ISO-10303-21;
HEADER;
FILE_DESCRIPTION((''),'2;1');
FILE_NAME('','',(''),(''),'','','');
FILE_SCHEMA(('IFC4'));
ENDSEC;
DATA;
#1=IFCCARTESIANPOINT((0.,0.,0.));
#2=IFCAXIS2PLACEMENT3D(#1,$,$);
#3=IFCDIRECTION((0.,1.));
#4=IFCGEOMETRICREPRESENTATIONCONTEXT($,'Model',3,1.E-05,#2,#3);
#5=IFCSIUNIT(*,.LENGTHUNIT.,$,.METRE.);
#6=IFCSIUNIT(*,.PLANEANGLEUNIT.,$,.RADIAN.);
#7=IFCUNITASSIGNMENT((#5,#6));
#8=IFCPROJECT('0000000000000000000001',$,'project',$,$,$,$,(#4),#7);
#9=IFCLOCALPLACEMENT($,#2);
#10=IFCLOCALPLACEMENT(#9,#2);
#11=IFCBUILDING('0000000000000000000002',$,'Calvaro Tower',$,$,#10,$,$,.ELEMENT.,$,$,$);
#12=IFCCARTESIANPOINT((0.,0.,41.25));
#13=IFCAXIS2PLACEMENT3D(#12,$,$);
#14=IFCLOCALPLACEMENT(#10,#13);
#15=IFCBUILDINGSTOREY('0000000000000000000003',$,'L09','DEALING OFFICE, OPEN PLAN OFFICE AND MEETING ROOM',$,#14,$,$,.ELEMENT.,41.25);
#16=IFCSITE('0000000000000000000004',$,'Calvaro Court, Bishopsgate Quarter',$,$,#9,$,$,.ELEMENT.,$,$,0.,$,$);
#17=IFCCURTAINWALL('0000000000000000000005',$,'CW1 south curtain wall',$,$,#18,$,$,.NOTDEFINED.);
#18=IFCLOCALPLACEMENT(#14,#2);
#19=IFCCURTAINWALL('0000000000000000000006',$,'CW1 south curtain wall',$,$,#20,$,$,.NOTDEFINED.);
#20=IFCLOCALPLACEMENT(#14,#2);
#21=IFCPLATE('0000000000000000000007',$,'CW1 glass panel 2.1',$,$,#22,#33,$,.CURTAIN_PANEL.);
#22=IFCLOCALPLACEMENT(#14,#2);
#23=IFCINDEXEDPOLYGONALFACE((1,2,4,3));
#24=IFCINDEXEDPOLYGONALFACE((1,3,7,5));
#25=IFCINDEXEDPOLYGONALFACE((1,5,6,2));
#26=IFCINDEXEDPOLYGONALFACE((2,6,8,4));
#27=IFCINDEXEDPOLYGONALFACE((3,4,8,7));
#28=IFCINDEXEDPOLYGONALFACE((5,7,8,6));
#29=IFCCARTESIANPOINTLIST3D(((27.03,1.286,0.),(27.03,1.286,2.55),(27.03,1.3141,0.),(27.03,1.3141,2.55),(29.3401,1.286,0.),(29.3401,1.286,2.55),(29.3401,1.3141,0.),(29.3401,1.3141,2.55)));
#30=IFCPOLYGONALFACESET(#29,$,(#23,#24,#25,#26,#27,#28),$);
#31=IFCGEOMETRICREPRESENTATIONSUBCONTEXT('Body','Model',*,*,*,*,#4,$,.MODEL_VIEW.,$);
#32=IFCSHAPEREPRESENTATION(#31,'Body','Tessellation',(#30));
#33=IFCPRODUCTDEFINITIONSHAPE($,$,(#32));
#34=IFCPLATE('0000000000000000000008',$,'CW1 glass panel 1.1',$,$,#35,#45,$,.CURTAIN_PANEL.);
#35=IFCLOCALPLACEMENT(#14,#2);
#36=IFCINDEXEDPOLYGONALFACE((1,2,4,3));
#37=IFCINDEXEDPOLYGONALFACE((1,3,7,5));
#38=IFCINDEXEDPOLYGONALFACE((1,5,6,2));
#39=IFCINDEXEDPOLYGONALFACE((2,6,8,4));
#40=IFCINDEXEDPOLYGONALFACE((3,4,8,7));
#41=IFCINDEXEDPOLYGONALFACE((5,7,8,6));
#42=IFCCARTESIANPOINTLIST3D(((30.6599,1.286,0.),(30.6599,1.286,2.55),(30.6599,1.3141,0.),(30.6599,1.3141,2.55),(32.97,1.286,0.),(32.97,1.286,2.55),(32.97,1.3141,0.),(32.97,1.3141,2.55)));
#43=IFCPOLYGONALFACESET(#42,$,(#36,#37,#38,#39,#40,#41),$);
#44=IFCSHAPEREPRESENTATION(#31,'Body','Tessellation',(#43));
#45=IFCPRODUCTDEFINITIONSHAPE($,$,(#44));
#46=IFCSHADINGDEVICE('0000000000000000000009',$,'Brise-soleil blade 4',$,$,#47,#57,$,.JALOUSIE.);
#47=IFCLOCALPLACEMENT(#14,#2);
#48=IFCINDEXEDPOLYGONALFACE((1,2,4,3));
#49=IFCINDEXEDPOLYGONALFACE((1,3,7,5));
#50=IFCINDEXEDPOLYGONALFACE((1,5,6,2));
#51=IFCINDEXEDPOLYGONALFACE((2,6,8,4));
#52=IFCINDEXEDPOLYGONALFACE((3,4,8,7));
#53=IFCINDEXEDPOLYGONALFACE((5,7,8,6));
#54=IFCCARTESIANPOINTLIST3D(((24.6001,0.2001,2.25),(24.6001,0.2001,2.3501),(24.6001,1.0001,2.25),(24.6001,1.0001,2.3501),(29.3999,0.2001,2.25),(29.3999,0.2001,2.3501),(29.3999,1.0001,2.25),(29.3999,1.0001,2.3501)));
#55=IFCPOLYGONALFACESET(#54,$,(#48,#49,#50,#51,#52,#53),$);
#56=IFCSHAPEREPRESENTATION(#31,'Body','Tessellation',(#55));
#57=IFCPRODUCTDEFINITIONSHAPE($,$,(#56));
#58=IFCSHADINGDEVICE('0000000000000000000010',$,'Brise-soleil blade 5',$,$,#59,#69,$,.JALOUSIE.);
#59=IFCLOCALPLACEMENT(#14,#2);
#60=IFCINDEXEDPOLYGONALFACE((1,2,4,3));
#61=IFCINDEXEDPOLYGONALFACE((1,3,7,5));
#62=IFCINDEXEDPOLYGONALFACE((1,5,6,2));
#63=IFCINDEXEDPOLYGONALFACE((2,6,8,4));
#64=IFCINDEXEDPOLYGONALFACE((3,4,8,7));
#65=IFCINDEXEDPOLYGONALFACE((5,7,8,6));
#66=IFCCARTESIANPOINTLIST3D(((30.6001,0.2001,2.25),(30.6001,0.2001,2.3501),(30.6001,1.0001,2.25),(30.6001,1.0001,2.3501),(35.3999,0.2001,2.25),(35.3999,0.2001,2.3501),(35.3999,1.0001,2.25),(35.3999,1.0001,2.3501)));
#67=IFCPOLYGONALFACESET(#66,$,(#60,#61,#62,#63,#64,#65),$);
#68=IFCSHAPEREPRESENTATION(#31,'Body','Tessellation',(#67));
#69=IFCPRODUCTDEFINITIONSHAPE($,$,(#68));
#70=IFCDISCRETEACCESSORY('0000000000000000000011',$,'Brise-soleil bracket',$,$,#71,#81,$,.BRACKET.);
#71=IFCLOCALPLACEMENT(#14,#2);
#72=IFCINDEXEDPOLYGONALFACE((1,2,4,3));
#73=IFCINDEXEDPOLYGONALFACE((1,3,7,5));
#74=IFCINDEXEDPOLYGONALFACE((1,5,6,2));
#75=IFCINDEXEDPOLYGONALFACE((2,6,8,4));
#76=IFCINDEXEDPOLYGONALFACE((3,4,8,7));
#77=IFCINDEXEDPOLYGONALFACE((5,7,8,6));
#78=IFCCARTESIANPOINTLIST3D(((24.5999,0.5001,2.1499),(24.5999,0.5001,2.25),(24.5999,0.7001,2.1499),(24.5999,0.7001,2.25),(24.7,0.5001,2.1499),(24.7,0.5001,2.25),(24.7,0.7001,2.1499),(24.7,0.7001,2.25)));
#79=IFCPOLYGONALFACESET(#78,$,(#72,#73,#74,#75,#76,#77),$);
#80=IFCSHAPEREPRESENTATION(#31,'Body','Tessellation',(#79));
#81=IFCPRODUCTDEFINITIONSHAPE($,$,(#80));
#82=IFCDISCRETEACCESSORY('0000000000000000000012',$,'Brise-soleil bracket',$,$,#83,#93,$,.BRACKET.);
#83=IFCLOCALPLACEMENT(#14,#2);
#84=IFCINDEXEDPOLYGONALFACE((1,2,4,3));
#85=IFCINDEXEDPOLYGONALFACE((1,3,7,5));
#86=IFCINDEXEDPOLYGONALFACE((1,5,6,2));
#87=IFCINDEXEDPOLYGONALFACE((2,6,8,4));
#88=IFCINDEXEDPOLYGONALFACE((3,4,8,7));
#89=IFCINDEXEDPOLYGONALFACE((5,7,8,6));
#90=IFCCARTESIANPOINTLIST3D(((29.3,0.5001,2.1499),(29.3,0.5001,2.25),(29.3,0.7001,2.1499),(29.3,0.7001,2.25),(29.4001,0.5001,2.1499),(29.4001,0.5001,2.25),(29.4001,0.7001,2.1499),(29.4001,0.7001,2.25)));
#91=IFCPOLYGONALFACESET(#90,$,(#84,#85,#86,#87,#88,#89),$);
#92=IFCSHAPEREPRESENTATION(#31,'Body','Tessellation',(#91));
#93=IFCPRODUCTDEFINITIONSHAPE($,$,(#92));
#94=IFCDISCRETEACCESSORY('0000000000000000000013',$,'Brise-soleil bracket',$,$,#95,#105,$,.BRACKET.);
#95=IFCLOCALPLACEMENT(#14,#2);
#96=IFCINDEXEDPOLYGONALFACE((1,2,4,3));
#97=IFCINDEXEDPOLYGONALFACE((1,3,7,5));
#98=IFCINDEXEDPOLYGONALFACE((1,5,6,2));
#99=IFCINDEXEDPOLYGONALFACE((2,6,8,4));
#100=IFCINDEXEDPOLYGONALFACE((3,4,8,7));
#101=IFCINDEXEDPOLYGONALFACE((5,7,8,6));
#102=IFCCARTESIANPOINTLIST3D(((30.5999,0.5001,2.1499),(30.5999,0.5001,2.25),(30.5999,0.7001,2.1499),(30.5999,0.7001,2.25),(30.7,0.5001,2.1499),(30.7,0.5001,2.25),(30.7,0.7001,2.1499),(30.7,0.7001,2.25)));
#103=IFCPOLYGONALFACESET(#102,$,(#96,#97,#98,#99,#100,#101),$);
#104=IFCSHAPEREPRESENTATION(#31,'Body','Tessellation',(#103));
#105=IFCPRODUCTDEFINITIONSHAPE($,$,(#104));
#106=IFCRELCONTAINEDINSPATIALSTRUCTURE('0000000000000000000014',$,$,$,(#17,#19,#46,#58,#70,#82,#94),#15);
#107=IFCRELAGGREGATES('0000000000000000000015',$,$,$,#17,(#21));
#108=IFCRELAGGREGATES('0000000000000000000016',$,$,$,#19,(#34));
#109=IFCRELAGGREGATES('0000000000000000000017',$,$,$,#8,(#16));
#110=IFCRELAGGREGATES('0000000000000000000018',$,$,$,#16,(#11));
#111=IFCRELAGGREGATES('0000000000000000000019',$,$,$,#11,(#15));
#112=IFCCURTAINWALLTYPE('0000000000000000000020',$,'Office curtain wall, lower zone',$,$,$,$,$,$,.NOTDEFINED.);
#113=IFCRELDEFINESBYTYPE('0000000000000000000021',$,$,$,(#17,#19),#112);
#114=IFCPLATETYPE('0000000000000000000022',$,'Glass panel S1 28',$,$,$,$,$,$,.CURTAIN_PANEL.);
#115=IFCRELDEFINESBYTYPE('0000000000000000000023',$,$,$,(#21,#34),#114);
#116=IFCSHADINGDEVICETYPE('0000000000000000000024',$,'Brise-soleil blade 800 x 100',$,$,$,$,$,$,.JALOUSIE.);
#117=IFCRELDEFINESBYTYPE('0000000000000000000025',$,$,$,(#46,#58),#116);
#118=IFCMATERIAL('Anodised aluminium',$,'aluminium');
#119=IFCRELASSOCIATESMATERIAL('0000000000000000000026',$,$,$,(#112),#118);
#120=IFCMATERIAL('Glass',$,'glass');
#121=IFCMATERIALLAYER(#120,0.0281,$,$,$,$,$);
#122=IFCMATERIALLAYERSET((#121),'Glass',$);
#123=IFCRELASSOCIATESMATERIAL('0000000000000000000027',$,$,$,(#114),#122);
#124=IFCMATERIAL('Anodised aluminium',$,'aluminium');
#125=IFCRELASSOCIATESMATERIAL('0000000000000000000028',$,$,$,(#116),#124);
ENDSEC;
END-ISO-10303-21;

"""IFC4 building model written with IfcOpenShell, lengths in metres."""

from ifc_helpers import new_model, si_unit, direction, frame, origin, origin_2d, place, context, subcontext, project, spatial, rectangle, extrude, material, layer, layer_set, material_profile, profile_set, type_object, element, aggregate, save


model = new_model("IFC4")

# Units and contexts
model_context = context("Model", 3, precision=1e-05, world=origin(), true_north=direction((0.0, 1.0)))
body_context = subcontext(model_context, "Body", "Model", "MODEL_VIEW")
ifc_project = project(units=[si_unit("LENGTHUNIT", "METRE"), si_unit("PLANEANGLEUNIT", "RADIAN")], contexts=[model_context])

# Site, building, storey
site_placement = place(None, origin())
site = spatial("IfcSite", under=ifc_project, at=site_placement, Name="Calvaro Court, Bishopsgate Quarter", CompositionType="ELEMENT", RefElevation=0.0)
building_placement = place(site_placement, origin())
building = spatial("IfcBuilding", under=site, at=building_placement, Name="Calvaro Tower", CompositionType="ELEMENT")
storey_placement = place(building_placement, frame((0.0, 0.0, 41.25)))
storey = spatial("IfcBuildingStorey", under=building, at=storey_placement, Name="L09", Description="DEALING OFFICE, OPEN PLAN OFFICE AND MEETING ROOM", CompositionType="ELEMENT", Elevation=41.25)

# Curtain walls
ifc_material_1 = material(Name="Anodised aluminium", Category="aluminium")
curtain_wall_type = type_object("IfcCurtainWallType", Name="Office curtain wall, lower zone", PredefinedType="NOTDEFINED", material=ifc_material_1)
curtain_wall_1_placement = place(storey_placement, origin())
curtain_wall_1 = element("IfcCurtainWall", 1, at=curtain_wall_1_placement, inside=storey, type_object=curtain_wall_type, Name="CW1 south curtain wall", PredefinedType="NOTDEFINED")
curtain_wall_2_placement = place(storey_placement, origin())
curtain_wall_2 = element("IfcCurtainWall", 2, at=curtain_wall_2_placement, inside=storey, type_object=curtain_wall_type, Name="CW1 south curtain wall", PredefinedType="NOTDEFINED")

# Plates
ifc_material_2 = material(Name="Glass", Category="glass")
ifc_layer = layer(ifc_material_2, 0.0281)
ifc_layer_set = layer_set([ifc_layer], Name="Glass")
plate_type = type_object("IfcPlateType", Name="Glass panel S1 28", PredefinedType="CURTAIN_PANEL", material=ifc_layer_set)
plate_1_placement = place(storey_placement, frame((28.1851, 1.3, 0.0), z_axis=(0.0, 0.0, 1.0), x_axis=(1.0, 0.0, 0.0)))
plate_1 = element("IfcPlate", 3, at=plate_1_placement, type_object=plate_type, Name="CW1 glass panel 2.1", PredefinedType="CURTAIN_PANEL", context=body_context, shape_type="SweptSolid", body=[
    extrude(rectangle(XDim=2.3101, YDim=0.0281, at=origin_2d()), origin(), (0.0, 0.0, 1.0), 2.55),
])
aggregate(curtain_wall_1, [plate_1])
plate_2_placement = place(storey_placement, frame((31.8149, 1.3, 0.0), z_axis=(0.0, 0.0, 1.0), x_axis=(1.0, 0.0, 0.0)))
plate_2 = element("IfcPlate", 4, at=plate_2_placement, type_object=plate_type, Name="CW1 glass panel 1.1", PredefinedType="CURTAIN_PANEL", context=body_context, shape_type="SweptSolid", body=[
    extrude(rectangle(XDim=2.3101, YDim=0.0281, at=origin_2d()), origin(), (0.0, 0.0, 1.0), 2.55),
])
aggregate(curtain_wall_2, [plate_2])

# Shading devices
ifc_material_3 = material(Name="Anodised aluminium", Category="aluminium")
ifc_material_profile_1 = material_profile(ifc_material_3, rectangle(XDim=0.8, YDim=0.1001, at=origin_2d()), Name="Brise-soleil blade 800 x 100")
ifc_profile_set_1 = profile_set([ifc_material_profile_1], Name="Anodised aluminium")
shading_device_type = type_object("IfcShadingDeviceType", Name="Brise-soleil blade 800 x 100", PredefinedType="JALOUSIE", material=ifc_profile_set_1)
for number, where, z_axis, x_axis, name in (
    (5, (24.6001, 0.6001, 2.3), (1.0, 0.0, 0.0), (0.0, 1.0, 0.0), "Brise-soleil blade 4"),
    (6, (30.6001, 0.6001, 2.3), (1.0, 0.0, 0.0), (0.0, 1.0, 0.0), "Brise-soleil blade 5"),
):
    element("IfcShadingDevice", number, at=place(storey_placement, frame(where, z_axis=z_axis, x_axis=x_axis)), inside=storey, type_object=shading_device_type, Name=name, PredefinedType="JALOUSIE", context=body_context, shape_type="SweptSolid", body=[
        extrude(rectangle(XDim=0.8, YDim=0.1001, at=origin_2d()), origin(), (0.0, 0.0, 1.0), 4.7998),
    ])

# Discrete accessories
for number, where, z_axis, x_axis, name in (
    (7, (24.6499, 0.6001, 2.1499), (0.0, 0.0, 1.0), (1.0, 0.0, 0.0), "Brise-soleil bracket"),
    (8, (29.3501, 0.6001, 2.1499), (0.0, 0.0, 1.0), (1.0, 0.0, 0.0), "Brise-soleil bracket"),
    (9, (30.6499, 0.6001, 2.1499), (0.0, 0.0, 1.0), (1.0, 0.0, 0.0), "Brise-soleil bracket"),
):
    element("IfcDiscreteAccessory", number, at=place(storey_placement, frame(where, z_axis=z_axis, x_axis=x_axis)), inside=storey, Name=name, PredefinedType="BRACKET", context=body_context, shape_type="SweptSolid", body=[
        extrude(rectangle(XDim=0.1001, YDim=0.2, at=origin_2d()), origin(), (0.0, 0.0, 1.0), 0.1001),
    ])

save(model, "model.ifc")
